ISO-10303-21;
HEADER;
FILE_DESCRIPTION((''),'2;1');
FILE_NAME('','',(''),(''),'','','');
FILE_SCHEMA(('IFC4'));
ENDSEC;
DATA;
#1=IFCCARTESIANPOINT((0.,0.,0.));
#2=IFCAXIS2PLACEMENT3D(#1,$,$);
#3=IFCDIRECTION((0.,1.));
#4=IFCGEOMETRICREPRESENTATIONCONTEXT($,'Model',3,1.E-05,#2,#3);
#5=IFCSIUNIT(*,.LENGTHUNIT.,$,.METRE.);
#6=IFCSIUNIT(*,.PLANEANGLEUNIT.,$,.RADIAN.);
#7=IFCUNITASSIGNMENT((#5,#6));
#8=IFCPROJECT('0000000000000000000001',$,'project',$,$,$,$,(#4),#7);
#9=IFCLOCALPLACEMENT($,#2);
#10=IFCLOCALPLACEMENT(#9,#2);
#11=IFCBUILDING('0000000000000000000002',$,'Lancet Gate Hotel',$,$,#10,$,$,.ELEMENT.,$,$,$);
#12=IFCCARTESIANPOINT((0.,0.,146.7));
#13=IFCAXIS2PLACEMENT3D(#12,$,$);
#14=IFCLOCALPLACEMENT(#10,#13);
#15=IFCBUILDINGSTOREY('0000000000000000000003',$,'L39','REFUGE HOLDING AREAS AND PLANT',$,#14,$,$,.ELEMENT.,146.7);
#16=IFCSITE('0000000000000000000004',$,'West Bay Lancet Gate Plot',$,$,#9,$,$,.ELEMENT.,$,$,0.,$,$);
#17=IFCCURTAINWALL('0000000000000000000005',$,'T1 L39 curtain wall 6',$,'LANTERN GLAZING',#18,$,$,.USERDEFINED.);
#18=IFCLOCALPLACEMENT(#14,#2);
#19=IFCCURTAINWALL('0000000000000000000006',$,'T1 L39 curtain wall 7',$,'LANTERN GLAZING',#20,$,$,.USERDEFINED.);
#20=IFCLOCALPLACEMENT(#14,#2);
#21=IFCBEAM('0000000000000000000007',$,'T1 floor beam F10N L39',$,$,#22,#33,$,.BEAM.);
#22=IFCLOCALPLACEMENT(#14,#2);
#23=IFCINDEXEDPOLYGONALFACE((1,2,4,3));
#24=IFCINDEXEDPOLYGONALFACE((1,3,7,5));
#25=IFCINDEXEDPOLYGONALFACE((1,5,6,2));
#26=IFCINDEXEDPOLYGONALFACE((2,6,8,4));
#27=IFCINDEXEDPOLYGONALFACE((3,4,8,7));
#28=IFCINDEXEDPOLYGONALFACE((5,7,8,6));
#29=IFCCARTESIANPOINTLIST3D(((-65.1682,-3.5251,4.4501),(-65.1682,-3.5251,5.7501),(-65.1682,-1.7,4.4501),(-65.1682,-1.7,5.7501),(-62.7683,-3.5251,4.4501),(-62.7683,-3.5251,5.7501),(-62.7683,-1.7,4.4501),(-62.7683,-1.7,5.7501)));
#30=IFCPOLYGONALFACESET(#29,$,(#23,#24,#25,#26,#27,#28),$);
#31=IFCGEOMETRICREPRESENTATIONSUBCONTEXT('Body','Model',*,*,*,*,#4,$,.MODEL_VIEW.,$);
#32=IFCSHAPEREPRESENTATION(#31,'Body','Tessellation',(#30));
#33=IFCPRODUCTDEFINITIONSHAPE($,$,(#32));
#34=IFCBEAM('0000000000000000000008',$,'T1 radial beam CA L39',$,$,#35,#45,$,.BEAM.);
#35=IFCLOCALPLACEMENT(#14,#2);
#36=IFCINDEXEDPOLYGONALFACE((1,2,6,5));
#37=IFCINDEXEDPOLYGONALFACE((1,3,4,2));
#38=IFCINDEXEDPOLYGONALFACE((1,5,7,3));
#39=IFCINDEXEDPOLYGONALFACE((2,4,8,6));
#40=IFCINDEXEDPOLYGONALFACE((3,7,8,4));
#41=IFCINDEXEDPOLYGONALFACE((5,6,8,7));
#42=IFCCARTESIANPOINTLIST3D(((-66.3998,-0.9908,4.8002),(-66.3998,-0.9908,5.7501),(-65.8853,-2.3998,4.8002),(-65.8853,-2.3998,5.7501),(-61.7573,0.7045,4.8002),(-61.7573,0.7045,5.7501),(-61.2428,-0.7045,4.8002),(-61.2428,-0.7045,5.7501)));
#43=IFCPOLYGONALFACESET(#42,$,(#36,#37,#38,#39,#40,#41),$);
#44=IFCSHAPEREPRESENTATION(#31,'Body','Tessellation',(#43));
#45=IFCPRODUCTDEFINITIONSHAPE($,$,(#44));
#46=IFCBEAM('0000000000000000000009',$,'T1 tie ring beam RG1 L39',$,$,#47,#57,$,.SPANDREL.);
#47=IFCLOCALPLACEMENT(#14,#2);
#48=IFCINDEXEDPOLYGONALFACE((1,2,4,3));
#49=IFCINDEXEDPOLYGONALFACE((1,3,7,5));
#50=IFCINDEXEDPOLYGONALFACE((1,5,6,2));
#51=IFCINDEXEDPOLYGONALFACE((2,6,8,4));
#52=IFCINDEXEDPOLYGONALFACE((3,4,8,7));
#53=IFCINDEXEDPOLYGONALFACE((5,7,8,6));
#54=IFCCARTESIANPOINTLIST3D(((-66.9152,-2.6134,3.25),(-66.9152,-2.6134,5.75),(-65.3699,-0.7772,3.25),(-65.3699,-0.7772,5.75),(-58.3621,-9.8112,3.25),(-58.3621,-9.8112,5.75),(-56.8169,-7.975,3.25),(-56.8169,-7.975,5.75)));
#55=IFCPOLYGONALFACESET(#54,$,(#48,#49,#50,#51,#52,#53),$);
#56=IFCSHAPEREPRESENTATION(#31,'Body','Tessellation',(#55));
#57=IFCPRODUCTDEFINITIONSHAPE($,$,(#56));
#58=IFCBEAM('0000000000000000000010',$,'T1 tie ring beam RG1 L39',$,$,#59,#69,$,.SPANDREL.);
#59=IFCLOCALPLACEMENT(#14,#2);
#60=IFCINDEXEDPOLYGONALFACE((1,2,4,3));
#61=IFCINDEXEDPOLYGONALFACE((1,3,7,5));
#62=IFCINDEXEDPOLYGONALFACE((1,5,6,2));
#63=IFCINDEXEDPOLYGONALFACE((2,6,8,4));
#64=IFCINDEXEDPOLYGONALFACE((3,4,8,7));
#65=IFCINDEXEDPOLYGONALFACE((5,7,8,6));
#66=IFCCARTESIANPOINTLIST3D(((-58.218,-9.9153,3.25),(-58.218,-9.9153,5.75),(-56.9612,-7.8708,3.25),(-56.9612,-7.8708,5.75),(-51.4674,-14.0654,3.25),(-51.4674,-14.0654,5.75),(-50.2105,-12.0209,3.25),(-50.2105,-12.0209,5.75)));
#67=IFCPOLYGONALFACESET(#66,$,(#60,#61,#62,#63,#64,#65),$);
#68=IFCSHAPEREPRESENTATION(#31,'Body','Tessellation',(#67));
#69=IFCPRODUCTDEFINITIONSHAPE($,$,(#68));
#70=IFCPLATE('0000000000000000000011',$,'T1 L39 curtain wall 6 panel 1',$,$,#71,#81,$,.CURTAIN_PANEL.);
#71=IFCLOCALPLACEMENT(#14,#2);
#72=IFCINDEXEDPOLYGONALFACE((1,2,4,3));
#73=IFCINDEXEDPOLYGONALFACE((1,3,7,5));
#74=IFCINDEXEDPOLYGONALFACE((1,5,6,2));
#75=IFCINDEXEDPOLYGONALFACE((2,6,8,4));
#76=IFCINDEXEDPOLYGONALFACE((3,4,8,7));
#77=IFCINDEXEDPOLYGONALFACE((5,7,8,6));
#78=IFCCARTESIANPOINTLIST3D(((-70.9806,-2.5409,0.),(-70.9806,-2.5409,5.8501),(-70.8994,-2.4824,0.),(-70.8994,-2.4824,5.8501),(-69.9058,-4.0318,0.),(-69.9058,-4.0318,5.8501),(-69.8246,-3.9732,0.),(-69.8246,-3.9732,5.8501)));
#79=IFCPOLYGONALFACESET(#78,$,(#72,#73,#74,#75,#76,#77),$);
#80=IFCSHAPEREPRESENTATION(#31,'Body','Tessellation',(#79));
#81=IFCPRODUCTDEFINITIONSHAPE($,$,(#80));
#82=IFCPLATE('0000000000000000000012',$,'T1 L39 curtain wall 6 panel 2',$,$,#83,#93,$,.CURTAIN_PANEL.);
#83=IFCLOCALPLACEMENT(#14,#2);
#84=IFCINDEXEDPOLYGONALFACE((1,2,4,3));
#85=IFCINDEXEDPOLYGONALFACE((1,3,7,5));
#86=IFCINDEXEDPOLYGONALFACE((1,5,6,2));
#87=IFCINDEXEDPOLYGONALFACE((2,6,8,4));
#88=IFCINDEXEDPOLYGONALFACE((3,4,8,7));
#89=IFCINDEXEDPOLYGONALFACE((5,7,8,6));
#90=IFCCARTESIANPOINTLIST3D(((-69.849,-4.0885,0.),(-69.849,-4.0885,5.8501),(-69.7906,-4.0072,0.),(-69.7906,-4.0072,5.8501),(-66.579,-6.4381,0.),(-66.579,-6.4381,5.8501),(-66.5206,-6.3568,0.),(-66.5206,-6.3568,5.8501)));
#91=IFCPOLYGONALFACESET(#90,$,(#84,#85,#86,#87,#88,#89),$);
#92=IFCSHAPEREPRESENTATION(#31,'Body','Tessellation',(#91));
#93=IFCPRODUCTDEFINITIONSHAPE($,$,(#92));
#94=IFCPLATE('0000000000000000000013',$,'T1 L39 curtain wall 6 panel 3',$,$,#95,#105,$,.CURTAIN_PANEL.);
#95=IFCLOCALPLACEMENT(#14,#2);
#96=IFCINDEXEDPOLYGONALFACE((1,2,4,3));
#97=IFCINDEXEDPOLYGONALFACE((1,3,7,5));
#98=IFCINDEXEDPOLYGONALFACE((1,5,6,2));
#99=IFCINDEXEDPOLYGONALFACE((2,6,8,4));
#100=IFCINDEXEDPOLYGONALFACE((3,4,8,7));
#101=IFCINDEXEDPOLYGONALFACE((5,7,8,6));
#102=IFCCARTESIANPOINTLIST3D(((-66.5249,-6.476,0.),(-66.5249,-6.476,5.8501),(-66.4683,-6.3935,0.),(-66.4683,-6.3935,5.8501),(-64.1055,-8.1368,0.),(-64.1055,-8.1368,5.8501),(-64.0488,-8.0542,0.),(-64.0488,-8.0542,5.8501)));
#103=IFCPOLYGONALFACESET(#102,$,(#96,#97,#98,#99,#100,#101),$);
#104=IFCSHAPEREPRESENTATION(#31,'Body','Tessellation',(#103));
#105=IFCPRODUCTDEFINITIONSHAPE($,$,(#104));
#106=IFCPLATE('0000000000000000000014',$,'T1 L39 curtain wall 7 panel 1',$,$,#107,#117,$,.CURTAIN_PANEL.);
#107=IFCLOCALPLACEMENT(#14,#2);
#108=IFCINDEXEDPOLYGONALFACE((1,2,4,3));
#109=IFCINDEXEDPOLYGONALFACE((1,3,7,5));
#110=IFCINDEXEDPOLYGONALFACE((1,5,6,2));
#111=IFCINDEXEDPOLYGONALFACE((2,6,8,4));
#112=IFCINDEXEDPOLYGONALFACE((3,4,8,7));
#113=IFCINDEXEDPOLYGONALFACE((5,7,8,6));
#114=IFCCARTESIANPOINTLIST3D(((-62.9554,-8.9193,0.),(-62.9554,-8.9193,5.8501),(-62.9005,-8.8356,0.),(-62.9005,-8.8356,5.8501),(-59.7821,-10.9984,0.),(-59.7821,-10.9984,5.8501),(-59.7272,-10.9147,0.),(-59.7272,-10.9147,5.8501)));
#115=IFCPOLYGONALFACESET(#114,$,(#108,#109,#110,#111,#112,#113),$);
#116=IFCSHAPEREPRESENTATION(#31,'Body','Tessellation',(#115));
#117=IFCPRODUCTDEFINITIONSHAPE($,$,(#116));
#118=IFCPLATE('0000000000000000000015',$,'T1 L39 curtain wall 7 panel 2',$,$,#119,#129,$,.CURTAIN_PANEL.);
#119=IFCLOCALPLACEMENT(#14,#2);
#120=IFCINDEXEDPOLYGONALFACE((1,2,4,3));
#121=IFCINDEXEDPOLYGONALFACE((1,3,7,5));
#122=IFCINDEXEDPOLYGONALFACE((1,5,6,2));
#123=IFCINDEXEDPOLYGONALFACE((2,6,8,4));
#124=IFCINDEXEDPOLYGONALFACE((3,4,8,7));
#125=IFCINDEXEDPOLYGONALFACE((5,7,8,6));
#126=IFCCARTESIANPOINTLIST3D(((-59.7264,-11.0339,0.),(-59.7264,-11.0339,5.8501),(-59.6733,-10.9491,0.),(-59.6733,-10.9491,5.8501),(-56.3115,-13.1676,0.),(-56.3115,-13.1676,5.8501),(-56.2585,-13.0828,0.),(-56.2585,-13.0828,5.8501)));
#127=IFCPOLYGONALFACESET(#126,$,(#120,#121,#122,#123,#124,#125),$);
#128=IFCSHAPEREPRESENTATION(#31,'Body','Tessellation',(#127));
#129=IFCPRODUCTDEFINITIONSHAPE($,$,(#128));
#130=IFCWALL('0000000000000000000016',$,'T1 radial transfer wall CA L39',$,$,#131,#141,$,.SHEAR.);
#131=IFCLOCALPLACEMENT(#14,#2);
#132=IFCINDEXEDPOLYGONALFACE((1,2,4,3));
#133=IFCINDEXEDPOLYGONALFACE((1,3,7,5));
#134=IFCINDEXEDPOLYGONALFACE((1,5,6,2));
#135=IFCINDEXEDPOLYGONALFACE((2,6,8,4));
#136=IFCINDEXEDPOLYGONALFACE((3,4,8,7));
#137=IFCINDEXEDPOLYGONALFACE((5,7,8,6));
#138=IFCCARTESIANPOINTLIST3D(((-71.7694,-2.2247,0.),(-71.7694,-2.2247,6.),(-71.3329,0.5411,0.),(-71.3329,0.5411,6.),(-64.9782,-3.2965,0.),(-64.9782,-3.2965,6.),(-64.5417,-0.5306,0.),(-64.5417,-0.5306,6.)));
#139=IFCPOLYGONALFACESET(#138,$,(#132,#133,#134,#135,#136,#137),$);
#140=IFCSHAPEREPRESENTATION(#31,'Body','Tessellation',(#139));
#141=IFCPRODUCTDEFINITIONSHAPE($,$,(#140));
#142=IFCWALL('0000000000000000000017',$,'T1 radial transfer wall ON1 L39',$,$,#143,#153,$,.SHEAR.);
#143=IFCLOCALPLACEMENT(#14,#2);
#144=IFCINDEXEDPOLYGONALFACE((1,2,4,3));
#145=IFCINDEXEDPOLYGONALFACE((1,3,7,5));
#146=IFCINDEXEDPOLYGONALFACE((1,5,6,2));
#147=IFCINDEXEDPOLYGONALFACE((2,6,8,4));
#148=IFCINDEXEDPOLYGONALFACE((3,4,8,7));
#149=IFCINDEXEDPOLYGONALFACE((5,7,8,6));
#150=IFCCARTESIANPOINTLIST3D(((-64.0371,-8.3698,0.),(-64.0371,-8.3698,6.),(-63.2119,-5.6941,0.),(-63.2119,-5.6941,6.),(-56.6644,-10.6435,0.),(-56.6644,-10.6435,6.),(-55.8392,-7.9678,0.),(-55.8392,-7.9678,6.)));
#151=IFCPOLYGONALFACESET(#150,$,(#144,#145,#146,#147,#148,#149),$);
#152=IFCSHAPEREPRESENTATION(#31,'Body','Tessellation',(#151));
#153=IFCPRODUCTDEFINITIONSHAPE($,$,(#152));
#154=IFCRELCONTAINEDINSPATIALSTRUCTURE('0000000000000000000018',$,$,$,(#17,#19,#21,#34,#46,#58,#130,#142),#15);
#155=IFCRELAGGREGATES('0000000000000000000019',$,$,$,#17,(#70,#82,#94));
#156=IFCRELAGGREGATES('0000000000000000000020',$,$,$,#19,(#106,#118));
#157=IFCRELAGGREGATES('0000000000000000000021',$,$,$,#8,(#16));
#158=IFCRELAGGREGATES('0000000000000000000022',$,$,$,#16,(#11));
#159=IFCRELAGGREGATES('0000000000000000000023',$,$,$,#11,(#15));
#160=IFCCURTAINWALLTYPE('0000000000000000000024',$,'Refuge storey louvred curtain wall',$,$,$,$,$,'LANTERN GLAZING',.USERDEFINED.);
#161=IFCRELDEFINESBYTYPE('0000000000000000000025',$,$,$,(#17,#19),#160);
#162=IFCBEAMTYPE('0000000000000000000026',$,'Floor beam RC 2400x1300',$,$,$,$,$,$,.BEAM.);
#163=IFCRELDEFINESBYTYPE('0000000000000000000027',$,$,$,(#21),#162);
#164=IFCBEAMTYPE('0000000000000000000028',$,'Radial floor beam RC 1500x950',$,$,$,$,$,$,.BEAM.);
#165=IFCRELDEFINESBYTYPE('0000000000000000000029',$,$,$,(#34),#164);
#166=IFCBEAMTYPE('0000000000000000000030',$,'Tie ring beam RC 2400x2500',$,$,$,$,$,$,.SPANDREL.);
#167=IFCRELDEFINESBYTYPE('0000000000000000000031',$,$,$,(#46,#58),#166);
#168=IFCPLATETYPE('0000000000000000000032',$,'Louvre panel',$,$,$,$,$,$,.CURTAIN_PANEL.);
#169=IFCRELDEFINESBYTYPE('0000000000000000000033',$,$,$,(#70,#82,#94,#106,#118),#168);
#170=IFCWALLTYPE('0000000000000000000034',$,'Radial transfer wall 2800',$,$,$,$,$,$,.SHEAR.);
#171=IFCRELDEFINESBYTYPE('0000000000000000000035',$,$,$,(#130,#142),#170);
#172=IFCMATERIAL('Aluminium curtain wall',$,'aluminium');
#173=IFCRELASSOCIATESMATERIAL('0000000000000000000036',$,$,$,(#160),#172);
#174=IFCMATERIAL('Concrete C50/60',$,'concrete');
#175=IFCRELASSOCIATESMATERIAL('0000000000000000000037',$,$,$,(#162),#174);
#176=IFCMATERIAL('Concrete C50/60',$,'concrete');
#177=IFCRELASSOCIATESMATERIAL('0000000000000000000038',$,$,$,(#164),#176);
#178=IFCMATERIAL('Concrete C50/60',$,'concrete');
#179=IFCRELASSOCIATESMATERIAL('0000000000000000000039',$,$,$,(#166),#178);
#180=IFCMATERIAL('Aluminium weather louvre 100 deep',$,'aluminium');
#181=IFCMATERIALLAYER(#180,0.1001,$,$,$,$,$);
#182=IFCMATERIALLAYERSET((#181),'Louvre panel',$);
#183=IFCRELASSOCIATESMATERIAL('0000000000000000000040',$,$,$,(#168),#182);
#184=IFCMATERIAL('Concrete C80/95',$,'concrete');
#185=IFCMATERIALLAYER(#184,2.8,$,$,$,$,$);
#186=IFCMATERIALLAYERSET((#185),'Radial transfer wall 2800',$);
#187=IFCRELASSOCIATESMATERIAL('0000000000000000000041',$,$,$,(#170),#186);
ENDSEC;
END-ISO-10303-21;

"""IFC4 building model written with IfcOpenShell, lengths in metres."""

from ifc_helpers import new_model, si_unit, direction, frame, frame_2d, origin, origin_2d, place, context, subcontext, project, spatial, rectangle, extrude, material, layer, layer_set, material_profile, profile_set, type_object, element, aggregate, save


model = new_model("IFC4")

# Units and contexts
model_context = context("Model", 3, precision=1e-05, world=origin(), true_north=direction((0.0, 1.0)))
body_context = subcontext(model_context, "Body", "Model", "MODEL_VIEW")
ifc_project = project(units=[si_unit("LENGTHUNIT", "METRE"), si_unit("PLANEANGLEUNIT", "RADIAN")], contexts=[model_context])

# Site, building, storey
site_placement = place(None, origin())
site = spatial("IfcSite", under=ifc_project, at=site_placement, Name="West Bay Lancet Gate Plot", CompositionType="ELEMENT", RefElevation=0.0)
building_placement = place(site_placement, origin())
building = spatial("IfcBuilding", under=site, at=building_placement, Name="Lancet Gate Hotel", CompositionType="ELEMENT")
storey_placement = place(building_placement, frame((0.0, 0.0, 146.7)))
storey = spatial("IfcBuildingStorey", under=building, at=storey_placement, Name="L39", Description="REFUGE HOLDING AREAS AND PLANT", CompositionType="ELEMENT", Elevation=146.7)

# Shared definitions
ifc_material_1 = material(Name="Aluminium curtain wall", Category="aluminium")
curtain_wall_type = type_object("IfcCurtainWallType", Name="Refuge storey louvred curtain wall", ElementType="LANTERN GLAZING", PredefinedType="USERDEFINED", material=ifc_material_1)

# Curtain walls
curtain_wall_1_placement = place(storey_placement, origin())
curtain_wall_1 = element("IfcCurtainWall", 1, at=curtain_wall_1_placement, inside=storey, type_object=curtain_wall_type, Name="T1 L39 curtain wall 6", ObjectType="LANTERN GLAZING", PredefinedType="USERDEFINED")
curtain_wall_2_placement = place(storey_placement, origin())
curtain_wall_2 = element("IfcCurtainWall", 2, at=curtain_wall_2_placement, inside=storey, type_object=curtain_wall_type, Name="T1 L39 curtain wall 7", ObjectType="LANTERN GLAZING", PredefinedType="USERDEFINED")

# Beams
ifc_material_2 = material(Name="Concrete C50/60", Category="concrete")
ifc_material_profile_1 = material_profile(ifc_material_2, rectangle(XDim=2.3999, YDim=1.3, at=origin_2d()), Name="RC 2400x1300")
ifc_profile_set_1 = profile_set([ifc_material_profile_1], Name="Concrete C50/60")
beam_type_1 = type_object("IfcBeamType", Name="Floor beam RC 2400x1300", PredefinedType="BEAM", material=ifc_profile_set_1)
beam_1_placement = place(storey_placement, frame((-63.9683, -1.7, 5.1001), z_axis=(0.0, -1.0, 0.0), x_axis=(1.0, 0.0, 0.0)))
element("IfcBeam", 3, at=beam_1_placement, inside=storey, type_object=beam_type_1, Name="T1 floor beam F10N L39", PredefinedType="BEAM", context=body_context, shape_type="SweptSolid", body=[
    extrude(rectangle(XDim=2.3999, YDim=1.3, at=origin_2d()), origin(), (0.0, 0.0, 1.0), 1.8252),
])
ifc_material_3 = material(Name="Concrete C50/60", Category="concrete")
ifc_material_profile_2 = material_profile(ifc_material_3, rectangle(XDim=1.5, YDim=0.95, at=origin_2d()), Name="RC 1500x950")
ifc_profile_set_2 = profile_set([ifc_material_profile_2], Name="Concrete C50/60")
beam_type_2 = type_object("IfcBeamType", Name="Radial floor beam RC 1500x950", PredefinedType="BEAM", material=ifc_profile_set_2)
beam_2_placement = place(storey_placement, frame((-66.1426, -1.6953, 5.2751), z_axis=(0.939331, 0.343012, 0.0), x_axis=(-0.343012, 0.939331, 0.0)))
element("IfcBeam", 4, at=beam_2_placement, inside=storey, type_object=beam_type_2, Name="T1 radial beam CA L39", PredefinedType="BEAM", context=body_context, shape_type="SweptSolid", body=[
    extrude(rectangle(XDim=1.5, YDim=0.95, at=origin_2d()), origin(), (0.0, 0.0, 1.0), 4.9424),
])
ifc_material_4 = material(Name="Concrete C50/60", Category="concrete")
ifc_material_profile_3 = material_profile(ifc_material_4, rectangle(XDim=2.3999, YDim=2.5, at=origin_2d()), Name="RC 2400x2500")
ifc_profile_set_3 = profile_set([ifc_material_profile_3], Name="Concrete C50/60")
beam_type_3 = type_object("IfcBeamType", Name="Tie ring beam RC 2400x2500", PredefinedType="SPANDREL", material=ifc_profile_set_3)
beam_3_placement = place(storey_placement, frame((-66.1426, -1.6953, 4.5), z_axis=(0.765121, -0.643887, 0.0), x_axis=(0.643887, 0.765121, 0.0)))
element("IfcBeam", 5, at=beam_3_placement, inside=storey, type_object=beam_type_3, Name="T1 tie ring beam RG1 L39", PredefinedType="SPANDREL", context=body_context, shape_type="SweptSolid", body=[
    extrude(rectangle(XDim=2.3999, YDim=2.5, at=origin_2d()), origin(), (0.0, 0.0, 1.0), 11.1787),
])
beam_4_placement = place(storey_placement, frame((-57.5896, -8.8931, 4.5), z_axis=(0.851892, -0.523717, 0.0), x_axis=(0.523717, 0.851892, 0.0)))
element("IfcBeam", 6, at=beam_4_placement, inside=storey, type_object=beam_type_3, Name="T1 tie ring beam RG1 L39", PredefinedType="SPANDREL", context=body_context, shape_type="SweptSolid", body=[
    extrude(rectangle(XDim=2.3999, YDim=2.5, at=origin_2d()), origin(), (0.0, 0.0, 1.0), 7.9243),
])

# Plates
ifc_material_5 = material(Name="Aluminium weather louvre 100 deep", Category="aluminium")
ifc_layer_1 = layer(ifc_material_5, 0.1001)
ifc_layer_set_1 = layer_set([ifc_layer_1], Name="Louvre panel")
plate_type = type_object("IfcPlateType", Name="Louvre panel", PredefinedType="CURTAIN_PANEL", material=ifc_layer_set_1)
plate_1_placement = place(storey_placement, frame((-70.4026, -3.2571, 0.0), z_axis=(0.0, 0.0, 1.0), x_axis=(0.584809, -0.811171, 0.0)))
plate_1 = element("IfcPlate", 7, at=plate_1_placement, type_object=plate_type, Name="T1 L39 curtain wall 6 panel 1", PredefinedType="CURTAIN_PANEL", context=body_context, shape_type="SweptSolid", body=[
    extrude(rectangle(XDim=1.8379, YDim=0.1001, at=origin_2d()), origin(), (0.0, 0.0, 1.0), 5.8501),
])
plate_2_placement = place(storey_placement, frame((-68.1848, -5.2227, 0.0), z_axis=(0.0, 0.0, 1.0), x_axis=(0.812093, -0.583528, 0.0)))
plate_2 = element("IfcPlate", 8, at=plate_2_placement, type_object=plate_type, Name="T1 L39 curtain wall 6 panel 2", PredefinedType="CURTAIN_PANEL", context=body_context, shape_type="SweptSolid", body=[
    extrude(rectangle(XDim=4.0266, YDim=0.1001, at=origin_2d()), origin(), (0.0, 0.0, 1.0), 5.8501),
])
plate_3_placement = place(storey_placement, frame((-65.2869, -7.2651, 0.0), z_axis=(0.0, 0.0, 1.0), x_axis=(0.824466, -0.565911, 0.0)))
plate_3 = element("IfcPlate", 9, at=plate_3_placement, type_object=plate_type, Name="T1 L39 curtain wall 6 panel 3", PredefinedType="CURTAIN_PANEL", context=body_context, shape_type="SweptSolid", body=[
    extrude(rectangle(XDim=2.9346, YDim=0.1001, at=origin_2d()), origin(), (0.0, 0.0, 1.0), 5.8501),
])
aggregate(curtain_wall_1, [plate_1, plate_2, plate_3])
plate_4_placement = place(storey_placement, frame((-61.3413, -9.917, 0.0), z_axis=(0.0, 0.0, 1.0), x_axis=(0.836458, -0.548032, 0.0)))
plate_4 = element("IfcPlate", 10, at=plate_4_placement, type_object=plate_type, Name="T1 L39 curtain wall 7 panel 1", PredefinedType="CURTAIN_PANEL", context=body_context, shape_type="SweptSolid", body=[
    extrude(rectangle(XDim=3.7937, YDim=0.1001, at=origin_2d()), origin(), (0.0, 0.0, 1.0), 5.8501),
])
plate_5_placement = place(storey_placement, frame((-57.9924, -12.0583, 0.0), z_axis=(0.0, 0.0, 1.0), x_axis=(0.848061, -0.529899, 0.0)))
plate_5 = element("IfcPlate", 11, at=plate_5_placement, type_object=plate_type, Name="T1 L39 curtain wall 7 panel 2", PredefinedType="CURTAIN_PANEL", context=body_context, shape_type="SweptSolid", body=[
    extrude(rectangle(XDim=4.0266, YDim=0.1001, at=origin_2d()), origin(), (0.0, 0.0, 1.0), 5.8501),
])
aggregate(curtain_wall_2, [plate_4, plate_5])

# Walls
ifc_material_6 = material(Name="Concrete C80/95", Category="concrete")
ifc_layer_2 = layer(ifc_material_6, 2.8)
ifc_layer_set_2 = layer_set([ifc_layer_2], Name="Radial transfer wall 2800")
wall_type = type_object("IfcWallType", Name="Radial transfer wall 2800", PredefinedType="SHEAR", material=ifc_layer_set_2)
wall_1_placement = place(storey_placement, frame((-71.551, -0.8418, 0.0), z_axis=(0.0, 0.0, 1.0), x_axis=(0.987775, -0.155888, 0.0)))
element("IfcWall", 12, at=wall_1_placement, inside=storey, type_object=wall_type, Name="T1 radial transfer wall CA L39", PredefinedType="SHEAR", context=body_context, shape_type="SweptSolid", body=[
    extrude(rectangle(XDim=6.8752, YDim=2.8, at=frame_2d((3.4375, 0.0))), origin(), (0.0, 0.0, 1.0), 6.0),
])
wall_2_placement = place(storey_placement, frame((-63.6245, -7.032, 0.0), z_axis=(0.0, 0.0, 1.0), x_axis=(0.955592, -0.294693, 0.0)))
element("IfcWall", 13, at=wall_2_placement, inside=storey, type_object=wall_type, Name="T1 radial transfer wall ON1 L39", PredefinedType="SHEAR", context=body_context, shape_type="SweptSolid", body=[
    extrude(rectangle(XDim=7.7153, YDim=2.8, at=frame_2d((3.8577, 0.0))), origin(), (0.0, 0.0, 1.0), 6.0),
])

save(model, "model.ifc")
